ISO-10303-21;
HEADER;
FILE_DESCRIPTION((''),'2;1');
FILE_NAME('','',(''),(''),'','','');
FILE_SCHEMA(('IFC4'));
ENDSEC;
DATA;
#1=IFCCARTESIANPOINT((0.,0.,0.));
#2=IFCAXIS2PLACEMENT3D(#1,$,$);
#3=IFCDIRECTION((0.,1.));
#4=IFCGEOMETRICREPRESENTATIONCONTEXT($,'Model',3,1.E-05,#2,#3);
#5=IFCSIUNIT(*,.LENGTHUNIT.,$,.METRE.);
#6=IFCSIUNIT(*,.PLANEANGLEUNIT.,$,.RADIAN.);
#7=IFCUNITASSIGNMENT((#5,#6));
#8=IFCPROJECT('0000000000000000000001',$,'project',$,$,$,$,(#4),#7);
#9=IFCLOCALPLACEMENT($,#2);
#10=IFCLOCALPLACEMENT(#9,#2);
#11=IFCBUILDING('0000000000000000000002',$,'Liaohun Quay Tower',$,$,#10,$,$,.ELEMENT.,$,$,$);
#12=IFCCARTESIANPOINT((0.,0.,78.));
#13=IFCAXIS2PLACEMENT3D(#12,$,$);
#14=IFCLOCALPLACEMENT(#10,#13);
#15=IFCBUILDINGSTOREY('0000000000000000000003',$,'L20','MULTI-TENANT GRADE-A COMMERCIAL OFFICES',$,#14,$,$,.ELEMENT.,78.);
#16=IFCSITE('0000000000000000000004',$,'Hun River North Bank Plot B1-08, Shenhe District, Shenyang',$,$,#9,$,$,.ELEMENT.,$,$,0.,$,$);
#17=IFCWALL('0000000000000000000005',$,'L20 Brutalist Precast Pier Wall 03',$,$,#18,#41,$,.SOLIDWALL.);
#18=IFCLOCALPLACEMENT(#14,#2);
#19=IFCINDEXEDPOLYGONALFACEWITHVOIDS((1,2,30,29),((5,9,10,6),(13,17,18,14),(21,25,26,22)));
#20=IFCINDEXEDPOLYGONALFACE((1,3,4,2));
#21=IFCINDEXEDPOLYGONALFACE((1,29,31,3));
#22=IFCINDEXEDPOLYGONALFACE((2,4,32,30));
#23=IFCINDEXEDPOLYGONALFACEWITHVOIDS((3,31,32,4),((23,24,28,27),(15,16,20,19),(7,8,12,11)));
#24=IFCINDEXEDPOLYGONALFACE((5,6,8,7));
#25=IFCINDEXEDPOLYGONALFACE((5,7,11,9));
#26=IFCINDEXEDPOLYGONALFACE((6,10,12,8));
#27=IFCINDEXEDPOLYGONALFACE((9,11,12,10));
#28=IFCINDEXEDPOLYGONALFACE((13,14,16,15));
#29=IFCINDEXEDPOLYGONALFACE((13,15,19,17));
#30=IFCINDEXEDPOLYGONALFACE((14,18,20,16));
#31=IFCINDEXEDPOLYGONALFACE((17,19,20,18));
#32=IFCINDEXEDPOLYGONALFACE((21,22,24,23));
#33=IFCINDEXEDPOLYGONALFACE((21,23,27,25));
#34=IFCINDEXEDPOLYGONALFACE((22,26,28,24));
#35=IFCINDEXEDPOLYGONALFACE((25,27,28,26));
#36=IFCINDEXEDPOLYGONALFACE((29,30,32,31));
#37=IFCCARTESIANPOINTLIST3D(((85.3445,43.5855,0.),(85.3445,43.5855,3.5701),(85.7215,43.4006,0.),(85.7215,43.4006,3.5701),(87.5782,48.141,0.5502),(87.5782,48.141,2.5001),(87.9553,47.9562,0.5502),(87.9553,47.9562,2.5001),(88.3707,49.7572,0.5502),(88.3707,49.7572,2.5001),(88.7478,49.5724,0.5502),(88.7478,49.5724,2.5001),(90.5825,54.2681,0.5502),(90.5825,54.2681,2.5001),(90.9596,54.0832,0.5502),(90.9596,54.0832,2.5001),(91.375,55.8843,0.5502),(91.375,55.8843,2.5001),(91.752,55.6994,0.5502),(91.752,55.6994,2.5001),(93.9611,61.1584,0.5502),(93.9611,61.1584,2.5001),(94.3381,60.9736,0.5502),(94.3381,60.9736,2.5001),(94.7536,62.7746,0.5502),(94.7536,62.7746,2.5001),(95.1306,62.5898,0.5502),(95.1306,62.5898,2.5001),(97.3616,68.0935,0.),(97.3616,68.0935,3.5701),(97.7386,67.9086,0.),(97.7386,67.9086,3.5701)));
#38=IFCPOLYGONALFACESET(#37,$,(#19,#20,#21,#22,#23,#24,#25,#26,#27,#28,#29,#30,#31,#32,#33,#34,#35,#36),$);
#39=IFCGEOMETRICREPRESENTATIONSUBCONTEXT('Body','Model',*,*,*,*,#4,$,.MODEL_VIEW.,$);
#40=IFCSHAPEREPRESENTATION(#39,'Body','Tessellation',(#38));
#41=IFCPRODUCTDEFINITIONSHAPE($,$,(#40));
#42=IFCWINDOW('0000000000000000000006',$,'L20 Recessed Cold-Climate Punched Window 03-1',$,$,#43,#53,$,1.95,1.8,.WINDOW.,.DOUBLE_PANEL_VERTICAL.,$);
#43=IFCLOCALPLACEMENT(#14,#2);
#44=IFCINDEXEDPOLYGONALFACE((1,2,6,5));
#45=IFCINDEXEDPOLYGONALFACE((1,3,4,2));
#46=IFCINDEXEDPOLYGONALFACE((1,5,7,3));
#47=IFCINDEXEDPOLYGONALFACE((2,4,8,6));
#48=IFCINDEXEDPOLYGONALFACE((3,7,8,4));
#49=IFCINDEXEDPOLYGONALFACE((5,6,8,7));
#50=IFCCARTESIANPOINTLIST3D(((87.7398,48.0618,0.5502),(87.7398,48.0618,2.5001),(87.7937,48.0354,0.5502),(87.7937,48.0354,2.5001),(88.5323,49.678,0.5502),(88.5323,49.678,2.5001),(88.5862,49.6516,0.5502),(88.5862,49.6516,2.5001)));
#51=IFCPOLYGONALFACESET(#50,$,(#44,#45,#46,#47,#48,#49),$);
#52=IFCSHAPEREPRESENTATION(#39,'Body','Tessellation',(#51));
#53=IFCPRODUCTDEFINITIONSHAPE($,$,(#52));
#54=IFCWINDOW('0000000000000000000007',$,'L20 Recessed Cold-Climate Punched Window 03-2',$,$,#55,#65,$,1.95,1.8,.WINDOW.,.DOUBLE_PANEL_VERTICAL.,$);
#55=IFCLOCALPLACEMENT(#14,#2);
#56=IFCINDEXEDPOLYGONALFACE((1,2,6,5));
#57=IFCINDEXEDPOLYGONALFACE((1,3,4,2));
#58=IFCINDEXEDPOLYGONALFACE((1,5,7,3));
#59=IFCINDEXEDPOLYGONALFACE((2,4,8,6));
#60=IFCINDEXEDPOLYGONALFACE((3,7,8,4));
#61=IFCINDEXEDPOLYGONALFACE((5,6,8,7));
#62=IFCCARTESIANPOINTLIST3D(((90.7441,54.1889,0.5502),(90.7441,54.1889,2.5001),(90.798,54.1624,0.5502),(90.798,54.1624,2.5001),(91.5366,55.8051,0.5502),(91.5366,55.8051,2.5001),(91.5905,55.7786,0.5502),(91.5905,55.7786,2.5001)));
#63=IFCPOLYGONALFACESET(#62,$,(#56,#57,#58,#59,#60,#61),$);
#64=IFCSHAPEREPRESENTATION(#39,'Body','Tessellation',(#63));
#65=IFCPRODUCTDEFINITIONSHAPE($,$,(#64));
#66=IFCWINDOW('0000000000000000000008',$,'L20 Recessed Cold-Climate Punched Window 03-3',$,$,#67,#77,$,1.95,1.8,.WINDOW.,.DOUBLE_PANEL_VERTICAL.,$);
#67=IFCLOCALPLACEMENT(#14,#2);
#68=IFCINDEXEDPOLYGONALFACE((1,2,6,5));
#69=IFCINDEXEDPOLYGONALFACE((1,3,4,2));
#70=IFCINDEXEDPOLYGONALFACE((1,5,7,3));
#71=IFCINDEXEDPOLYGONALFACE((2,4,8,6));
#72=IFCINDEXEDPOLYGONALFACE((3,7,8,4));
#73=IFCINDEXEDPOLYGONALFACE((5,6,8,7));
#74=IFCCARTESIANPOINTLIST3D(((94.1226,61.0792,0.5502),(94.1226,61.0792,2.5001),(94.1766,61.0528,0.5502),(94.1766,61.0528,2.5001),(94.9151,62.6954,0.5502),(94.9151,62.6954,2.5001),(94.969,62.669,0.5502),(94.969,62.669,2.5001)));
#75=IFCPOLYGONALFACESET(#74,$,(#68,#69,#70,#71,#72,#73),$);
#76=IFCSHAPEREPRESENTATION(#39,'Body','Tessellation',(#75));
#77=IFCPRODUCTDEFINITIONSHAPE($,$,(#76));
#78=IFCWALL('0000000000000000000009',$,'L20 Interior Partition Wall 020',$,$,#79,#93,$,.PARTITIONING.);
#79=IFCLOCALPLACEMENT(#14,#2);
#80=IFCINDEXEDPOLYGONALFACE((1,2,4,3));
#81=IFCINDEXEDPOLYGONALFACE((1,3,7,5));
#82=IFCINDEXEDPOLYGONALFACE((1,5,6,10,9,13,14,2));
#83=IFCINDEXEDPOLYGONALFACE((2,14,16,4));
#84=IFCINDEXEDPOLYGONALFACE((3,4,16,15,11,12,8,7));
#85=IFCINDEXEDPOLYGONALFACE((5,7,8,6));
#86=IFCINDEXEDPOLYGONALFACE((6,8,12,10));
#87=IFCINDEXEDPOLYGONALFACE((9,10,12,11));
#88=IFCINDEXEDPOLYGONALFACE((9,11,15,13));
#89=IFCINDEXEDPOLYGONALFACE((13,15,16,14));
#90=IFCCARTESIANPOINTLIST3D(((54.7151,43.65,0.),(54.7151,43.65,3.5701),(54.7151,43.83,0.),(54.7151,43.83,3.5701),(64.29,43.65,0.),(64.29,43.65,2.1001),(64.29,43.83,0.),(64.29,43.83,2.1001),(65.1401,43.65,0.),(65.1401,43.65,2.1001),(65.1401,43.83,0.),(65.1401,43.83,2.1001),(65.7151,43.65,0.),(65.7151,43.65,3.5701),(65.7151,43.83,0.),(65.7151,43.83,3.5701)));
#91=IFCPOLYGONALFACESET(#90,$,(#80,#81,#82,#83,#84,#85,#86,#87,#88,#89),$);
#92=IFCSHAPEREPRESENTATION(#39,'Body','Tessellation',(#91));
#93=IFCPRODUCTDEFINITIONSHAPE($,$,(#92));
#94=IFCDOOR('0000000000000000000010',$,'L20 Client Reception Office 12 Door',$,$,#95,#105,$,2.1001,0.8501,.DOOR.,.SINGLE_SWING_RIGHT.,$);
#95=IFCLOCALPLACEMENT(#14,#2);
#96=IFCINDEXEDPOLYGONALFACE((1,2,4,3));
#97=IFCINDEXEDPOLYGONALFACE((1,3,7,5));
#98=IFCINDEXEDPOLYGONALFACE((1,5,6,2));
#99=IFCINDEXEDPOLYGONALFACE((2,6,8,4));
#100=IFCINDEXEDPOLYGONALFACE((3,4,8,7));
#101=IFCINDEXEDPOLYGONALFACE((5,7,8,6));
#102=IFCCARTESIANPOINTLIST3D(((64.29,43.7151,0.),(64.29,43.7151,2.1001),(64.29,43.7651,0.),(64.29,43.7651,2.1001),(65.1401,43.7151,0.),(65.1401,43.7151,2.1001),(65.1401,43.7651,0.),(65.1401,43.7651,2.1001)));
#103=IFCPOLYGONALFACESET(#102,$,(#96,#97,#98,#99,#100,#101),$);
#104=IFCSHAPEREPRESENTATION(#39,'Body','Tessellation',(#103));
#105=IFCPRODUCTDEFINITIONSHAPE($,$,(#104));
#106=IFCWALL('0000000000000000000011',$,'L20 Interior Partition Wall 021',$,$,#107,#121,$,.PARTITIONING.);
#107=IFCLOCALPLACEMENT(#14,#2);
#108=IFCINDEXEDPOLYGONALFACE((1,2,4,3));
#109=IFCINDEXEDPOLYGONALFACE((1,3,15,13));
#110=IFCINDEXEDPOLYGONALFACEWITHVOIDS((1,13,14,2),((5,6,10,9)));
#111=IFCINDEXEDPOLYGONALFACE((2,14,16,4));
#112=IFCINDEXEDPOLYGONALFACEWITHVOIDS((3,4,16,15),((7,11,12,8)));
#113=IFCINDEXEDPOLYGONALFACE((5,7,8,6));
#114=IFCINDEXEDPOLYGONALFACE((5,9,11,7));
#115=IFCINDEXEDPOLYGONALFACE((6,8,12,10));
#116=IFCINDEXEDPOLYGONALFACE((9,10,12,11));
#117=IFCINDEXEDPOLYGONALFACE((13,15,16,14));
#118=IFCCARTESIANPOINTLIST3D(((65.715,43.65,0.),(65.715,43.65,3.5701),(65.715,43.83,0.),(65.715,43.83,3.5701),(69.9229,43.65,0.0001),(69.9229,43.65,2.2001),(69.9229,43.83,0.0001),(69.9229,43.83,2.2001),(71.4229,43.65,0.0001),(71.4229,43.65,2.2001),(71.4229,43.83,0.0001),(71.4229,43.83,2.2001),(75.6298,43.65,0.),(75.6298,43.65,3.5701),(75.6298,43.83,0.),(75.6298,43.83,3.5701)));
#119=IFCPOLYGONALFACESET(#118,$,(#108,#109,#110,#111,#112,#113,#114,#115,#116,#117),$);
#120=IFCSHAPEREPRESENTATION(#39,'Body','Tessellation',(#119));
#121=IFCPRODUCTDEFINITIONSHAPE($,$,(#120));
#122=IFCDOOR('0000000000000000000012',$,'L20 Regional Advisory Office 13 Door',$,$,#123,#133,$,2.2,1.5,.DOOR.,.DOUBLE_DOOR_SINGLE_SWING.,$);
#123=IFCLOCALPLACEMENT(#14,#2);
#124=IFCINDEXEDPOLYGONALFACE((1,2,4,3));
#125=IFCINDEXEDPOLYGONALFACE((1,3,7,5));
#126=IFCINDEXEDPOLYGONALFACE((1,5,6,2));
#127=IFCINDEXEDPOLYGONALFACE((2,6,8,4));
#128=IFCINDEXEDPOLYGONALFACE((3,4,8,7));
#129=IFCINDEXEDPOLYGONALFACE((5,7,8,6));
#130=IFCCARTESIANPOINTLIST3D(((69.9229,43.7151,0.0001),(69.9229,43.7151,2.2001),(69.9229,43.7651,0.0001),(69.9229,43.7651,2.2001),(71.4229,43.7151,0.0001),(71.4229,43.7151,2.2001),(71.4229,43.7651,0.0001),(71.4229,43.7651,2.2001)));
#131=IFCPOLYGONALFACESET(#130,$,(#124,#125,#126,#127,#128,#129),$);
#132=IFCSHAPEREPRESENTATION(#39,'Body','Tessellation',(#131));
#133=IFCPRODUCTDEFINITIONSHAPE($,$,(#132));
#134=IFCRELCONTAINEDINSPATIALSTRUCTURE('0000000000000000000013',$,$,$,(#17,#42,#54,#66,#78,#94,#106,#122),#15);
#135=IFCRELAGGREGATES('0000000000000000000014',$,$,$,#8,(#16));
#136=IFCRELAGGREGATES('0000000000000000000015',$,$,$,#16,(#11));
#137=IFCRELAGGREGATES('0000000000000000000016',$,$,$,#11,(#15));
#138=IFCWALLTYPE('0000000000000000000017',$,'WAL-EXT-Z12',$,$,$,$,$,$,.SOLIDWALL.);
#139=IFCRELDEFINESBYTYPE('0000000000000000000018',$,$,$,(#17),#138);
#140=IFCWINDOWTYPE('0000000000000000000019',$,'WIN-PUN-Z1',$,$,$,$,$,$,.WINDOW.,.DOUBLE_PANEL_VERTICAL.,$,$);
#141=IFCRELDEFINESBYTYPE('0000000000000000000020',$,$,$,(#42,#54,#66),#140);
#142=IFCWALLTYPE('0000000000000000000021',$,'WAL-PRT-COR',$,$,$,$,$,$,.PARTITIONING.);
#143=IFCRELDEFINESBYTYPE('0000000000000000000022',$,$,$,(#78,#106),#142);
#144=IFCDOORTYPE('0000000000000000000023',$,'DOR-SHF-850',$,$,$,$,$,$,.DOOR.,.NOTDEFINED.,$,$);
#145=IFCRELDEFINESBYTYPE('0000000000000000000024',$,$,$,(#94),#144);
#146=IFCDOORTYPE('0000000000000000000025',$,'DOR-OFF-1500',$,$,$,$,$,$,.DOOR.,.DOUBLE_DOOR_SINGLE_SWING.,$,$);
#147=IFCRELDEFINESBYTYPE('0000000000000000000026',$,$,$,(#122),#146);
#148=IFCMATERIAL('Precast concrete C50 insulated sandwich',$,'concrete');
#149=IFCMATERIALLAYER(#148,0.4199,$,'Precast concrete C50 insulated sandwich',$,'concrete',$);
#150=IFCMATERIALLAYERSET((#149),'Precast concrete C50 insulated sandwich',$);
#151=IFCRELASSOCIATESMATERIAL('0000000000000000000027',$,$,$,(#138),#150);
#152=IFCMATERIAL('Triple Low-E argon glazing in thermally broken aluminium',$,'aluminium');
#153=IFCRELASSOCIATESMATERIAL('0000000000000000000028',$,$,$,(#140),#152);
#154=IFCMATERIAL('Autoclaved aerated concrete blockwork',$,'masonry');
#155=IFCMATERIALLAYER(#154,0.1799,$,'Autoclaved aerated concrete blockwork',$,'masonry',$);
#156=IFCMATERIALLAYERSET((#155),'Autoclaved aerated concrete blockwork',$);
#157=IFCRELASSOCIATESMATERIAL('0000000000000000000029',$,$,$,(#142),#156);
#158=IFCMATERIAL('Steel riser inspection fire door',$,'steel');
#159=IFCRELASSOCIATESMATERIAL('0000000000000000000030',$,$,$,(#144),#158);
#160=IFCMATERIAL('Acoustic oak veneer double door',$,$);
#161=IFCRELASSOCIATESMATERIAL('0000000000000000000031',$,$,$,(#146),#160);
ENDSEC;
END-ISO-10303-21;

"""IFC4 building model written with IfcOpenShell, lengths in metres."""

from ifc_helpers import new_model, si_unit, direction, frame, frame_2d, origin, place, context, subcontext, project, spatial, rectangle, extrude, source, transform, mapped, material, layer, layer_set, type_object, element, fill, save


model = new_model("IFC4")

# Units and contexts
model_context = context("Model", 3, precision=1e-05, world=origin(), true_north=direction((0.0, 1.0)))
body_context = subcontext(model_context, "Body", "Model", "MODEL_VIEW")
ifc_project = project(units=[si_unit("LENGTHUNIT", "METRE"), si_unit("PLANEANGLEUNIT", "RADIAN")], contexts=[model_context])

# Site, building, storey
site_placement = place(None, origin())
site = spatial("IfcSite", under=ifc_project, at=site_placement, Name="Hun River North Bank Plot B1-08, Shenhe District, Shenyang", CompositionType="ELEMENT", RefElevation=0.0)
building_placement = place(site_placement, origin())
building = spatial("IfcBuilding", under=site, at=building_placement, Name="Liaohun Quay Tower", CompositionType="ELEMENT")
storey_placement = place(building_placement, frame((0.0, 0.0, 78.0)))
storey = spatial("IfcBuildingStorey", under=building, at=storey_placement, Name="L20", Description="MULTI-TENANT GRADE-A COMMERCIAL OFFICES", CompositionType="ELEMENT", Elevation=78.0)

# Shared definitions
ifc_material_1 = material(Name="Precast concrete C50 insulated sandwich", Category="concrete")
ifc_layer_1 = layer(ifc_material_1, 0.4199, Name="Precast concrete C50 insulated sandwich", Category="concrete")
ifc_layer_set_1 = layer_set([ifc_layer_1], Name="Precast concrete C50 insulated sandwich")
wall_type_1 = type_object("IfcWallType", Name="WAL-EXT-Z12", PredefinedType="SOLIDWALL", material=ifc_layer_set_1)

# Wall, openings, windows
shared_shape_1 = source(origin(), body_context, "Body", "SweptSolid", [
    extrude(rectangle(XDim=1.8, YDim=1.95, at=frame_2d((0.8999, 0.9751))), frame((0.0, 0.22, 0.0), z_axis=(0.0, -1.0, 0.0), x_axis=(1.0, 0.0, 0.0)), (0.0, 0.0, 1.0), 0.4399),
])
ifc_material_2 = material(Name="Triple Low-E argon glazing in thermally broken aluminium", Category="aluminium")
window_type_1 = type_object("IfcWindowType", Name="WIN-PUN-Z1", PartitioningType="DOUBLE_PANEL_VERTICAL", PredefinedType="WINDOW", material=ifc_material_2)
shared_shape_2 = source(origin(), body_context, "Body", "SweptSolid", [
    extrude(rectangle(XDim=1.8, YDim=1.95, at=frame_2d((0.8999, 0.9751))), frame((0.0, 0.03, 0.0), z_axis=(0.0, -1.0, 0.0), x_axis=(1.0, 0.0, 0.0)), (0.0, 0.0, 1.0), 0.0601),
])
wall_1_placement = place(storey_placement, frame((85.533, 43.4929, 0.0), z_axis=(0.0, 0.0, 1.0), x_axis=(0.440256, 0.897872, 0.0)))
wall_1 = element("IfcWall", 1, at=wall_1_placement, inside=storey, type_object=wall_type_1, Name="L20 Brutalist Precast Pier Wall 03", PredefinedType="SOLIDWALL", context=body_context, shape_type="SweptSolid", body=[
    extrude(rectangle(XDim=27.2957, YDim=0.4199, at=frame_2d((13.6479, 0.0))), origin(), (0.0, 0.0, 1.0), 3.5701),
])
opening_1_placement = place(wall_1_placement, frame((5.074, 0.0, 0.55)))
opening_1 = element("IfcOpeningElement", 2, at=opening_1_placement, cuts=wall_1, PredefinedType="OPENING", context=body_context, shape_type="MappedRepresentation", body=[
    mapped(shared_shape_1, transform((0.0, 0.0, 0.0), x_axis=(1.0, 0.0, 0.0), y_axis=(0.0, 1.0, 0.0), z_axis=(0.0, 0.0, 1.0), scale=1.0)),
])
opening_2_placement = place(wall_1_placement, frame((11.8979, 0.0, 0.55)))
opening_2 = element("IfcOpeningElement", 3, at=opening_2_placement, cuts=wall_1, PredefinedType="OPENING", context=body_context, shape_type="MappedRepresentation", body=[
    mapped(shared_shape_1, transform((0.0, 0.0, 0.0), x_axis=(1.0, 0.0, 0.0), y_axis=(0.0, 1.0, 0.0), z_axis=(0.0, 0.0, 1.0), scale=1.0)),
])
opening_3_placement = place(wall_1_placement, frame((19.572, 0.0, 0.55)))
opening_3 = element("IfcOpeningElement", 4, at=opening_3_placement, cuts=wall_1, PredefinedType="OPENING", context=body_context, shape_type="MappedRepresentation", body=[
    mapped(shared_shape_1, transform((0.0, 0.0, 0.0), x_axis=(1.0, 0.0, 0.0), y_axis=(0.0, 1.0, 0.0), z_axis=(0.0, 0.0, 1.0), scale=1.0)),
])
window_1_placement = place(opening_1_placement, origin())
window_1 = element("IfcWindow", 5, at=window_1_placement, inside=storey, type_object=window_type_1, Name="L20 Recessed Cold-Climate Punched Window 03-1", OverallHeight=1.95, OverallWidth=1.8, PartitioningType="DOUBLE_PANEL_VERTICAL", PredefinedType="WINDOW", context=body_context, shape_type="MappedRepresentation", body=[
    mapped(shared_shape_2, transform((0.0, 0.0, 0.0), x_axis=(1.0, 0.0, 0.0), y_axis=(0.0, 1.0, 0.0), z_axis=(0.0, 0.0, 1.0), scale=1.0)),
])
fill(opening_1, window_1)
window_2_placement = place(opening_2_placement, origin())
window_2 = element("IfcWindow", 6, at=window_2_placement, inside=storey, type_object=window_type_1, Name="L20 Recessed Cold-Climate Punched Window 03-2", OverallHeight=1.95, OverallWidth=1.8, PartitioningType="DOUBLE_PANEL_VERTICAL", PredefinedType="WINDOW", context=body_context, shape_type="MappedRepresentation", body=[
    mapped(shared_shape_2, transform((0.0, 0.0, 0.0), x_axis=(1.0, 0.0, 0.0), y_axis=(0.0, 1.0, 0.0), z_axis=(0.0, 0.0, 1.0), scale=1.0)),
])
fill(opening_2, window_2)
window_3_placement = place(opening_3_placement, origin())
window_3 = element("IfcWindow", 7, at=window_3_placement, inside=storey, type_object=window_type_1, Name="L20 Recessed Cold-Climate Punched Window 03-3", OverallHeight=1.95, OverallWidth=1.8, PartitioningType="DOUBLE_PANEL_VERTICAL", PredefinedType="WINDOW", context=body_context, shape_type="MappedRepresentation", body=[
    mapped(shared_shape_2, transform((0.0, 0.0, 0.0), x_axis=(1.0, 0.0, 0.0), y_axis=(0.0, 1.0, 0.0), z_axis=(0.0, 0.0, 1.0), scale=1.0)),
])
fill(opening_3, window_3)

# Walls, openings, doors
ifc_material_3 = material(Name="Autoclaved aerated concrete blockwork", Category="masonry")
ifc_layer_2 = layer(ifc_material_3, 0.1799, Name="Autoclaved aerated concrete blockwork", Category="masonry")
ifc_layer_set_2 = layer_set([ifc_layer_2], Name="Autoclaved aerated concrete blockwork")
wall_type_2 = type_object("IfcWallType", Name="WAL-PRT-COR", PredefinedType="PARTITIONING", material=ifc_layer_set_2)
wall_2_placement = place(storey_placement, frame((65.7151, 43.74, 0.0), z_axis=(0.0, 0.0, 1.0), x_axis=(-1.0, 0.0, 0.0)))
wall_2 = element("IfcWall", 8, at=wall_2_placement, inside=storey, type_object=wall_type_2, Name="L20 Interior Partition Wall 020", PredefinedType="PARTITIONING", context=body_context, shape_type="SweptSolid", body=[
    extrude(rectangle(XDim=11.0, YDim=0.1799, at=frame_2d((5.5, 0.0))), origin(), (0.0, 0.0, 1.0), 3.5701),
])
shared_shape_3 = source(origin(), body_context, "Body", "SweptSolid", [
    extrude(rectangle(XDim=0.8501, YDim=2.1001, at=frame_2d((0.425, 1.05))), frame((0.0, 0.0999, 0.0), z_axis=(0.0, -1.0, 0.0), x_axis=(1.0, 0.0, 0.0)), (0.0, 0.0, 1.0), 0.2),
])
opening_4_placement = place(wall_2_placement, frame((0.575, 0.0, 0.0)))
opening_4 = element("IfcOpeningElement", 9, at=opening_4_placement, cuts=wall_2, PredefinedType="OPENING", context=body_context, shape_type="MappedRepresentation", body=[
    mapped(shared_shape_3, transform((0.0, 0.0, 0.0), x_axis=(1.0, 0.0, 0.0), y_axis=(0.0, 1.0, 0.0), z_axis=(0.0, 0.0, 1.0), scale=1.0)),
])
ifc_material_4 = material(Name="Steel riser inspection fire door", Category="steel")
door_type_1 = type_object("IfcDoorType", Name="DOR-SHF-850", OperationType="NOTDEFINED", PredefinedType="DOOR", material=ifc_material_4)
shared_shape_4 = source(origin(), body_context, "Body", "SweptSolid", [
    extrude(rectangle(XDim=0.8501, YDim=2.1001, at=frame_2d((0.425, 1.05))), frame((0.0, 0.0249, 0.0), z_axis=(0.0, -1.0, 0.0), x_axis=(1.0, 0.0, 0.0)), (0.0, 0.0, 1.0), 0.05),
])
door_1_placement = place(opening_4_placement, origin())
door_1 = element("IfcDoor", 10, at=door_1_placement, inside=storey, type_object=door_type_1, Name="L20 Client Reception Office 12 Door", OperationType="SINGLE_SWING_RIGHT", OverallHeight=2.1001, OverallWidth=0.8501, PredefinedType="DOOR", context=body_context, shape_type="MappedRepresentation", body=[
    mapped(shared_shape_4, transform((0.0, 0.0, 0.0), x_axis=(1.0, 0.0, 0.0), y_axis=(0.0, 1.0, 0.0), z_axis=(0.0, 0.0, 1.0), scale=1.0)),
])
fill(opening_4, door_1)
wall_3_placement = place(storey_placement, frame((75.6299, 43.74, 0.0), z_axis=(0.0, 0.0, 1.0), x_axis=(-1.0, 0.0, 0.0)))
wall_3 = element("IfcWall", 11, at=wall_3_placement, inside=storey, type_object=wall_type_2, Name="L20 Interior Partition Wall 021", PredefinedType="PARTITIONING", context=body_context, shape_type="SweptSolid", body=[
    extrude(rectangle(XDim=9.9148, YDim=0.1799, at=frame_2d((4.9575, 0.0))), origin(), (0.0, 0.0, 1.0), 3.5701),
])
shared_shape_5 = source(origin(), body_context, "Body", "SweptSolid", [
    extrude(rectangle(XDim=1.5, YDim=2.2, at=frame_2d((0.75, 1.1001))), frame((0.0, 0.0999, 0.0), z_axis=(0.0, -1.0, 0.0), x_axis=(1.0, 0.0, 0.0)), (0.0, 0.0, 1.0), 0.2),
])
opening_5_placement = place(wall_3_placement, frame((4.207, 0.0, 0.0)))
opening_5 = element("IfcOpeningElement", 12, at=opening_5_placement, cuts=wall_3, PredefinedType="OPENING", context=body_context, shape_type="MappedRepresentation", body=[
    mapped(shared_shape_5, transform((0.0, 0.0, 0.0), x_axis=(1.0, 0.0, 0.0), y_axis=(0.0, 1.0, 0.0), z_axis=(0.0, 0.0, 1.0), scale=1.0)),
])
ifc_material_5 = material(Name="Acoustic oak veneer double door")
door_type_2 = type_object("IfcDoorType", Name="DOR-OFF-1500", OperationType="DOUBLE_DOOR_SINGLE_SWING", PredefinedType="DOOR", material=ifc_material_5)
shared_shape_6 = source(origin(), body_context, "Body", "SweptSolid", [
    extrude(rectangle(XDim=1.5, YDim=2.2, at=frame_2d((0.75, 1.1001))), frame((0.0, 0.0249, 0.0), z_axis=(0.0, -1.0, 0.0), x_axis=(1.0, 0.0, 0.0)), (0.0, 0.0, 1.0), 0.05),
])
door_2_placement = place(opening_5_placement, origin())
door_2 = element("IfcDoor", 13, at=door_2_placement, inside=storey, type_object=door_type_2, Name="L20 Regional Advisory Office 13 Door", OperationType="DOUBLE_DOOR_SINGLE_SWING", OverallHeight=2.2, OverallWidth=1.5, PredefinedType="DOOR", context=body_context, shape_type="MappedRepresentation", body=[
    mapped(shared_shape_6, transform((0.0, 0.0, 0.0), x_axis=(1.0, 0.0, 0.0), y_axis=(0.0, 1.0, 0.0), z_axis=(0.0, 0.0, 1.0), scale=1.0)),
])
fill(opening_5, door_2)

save(model, "model.ifc")
